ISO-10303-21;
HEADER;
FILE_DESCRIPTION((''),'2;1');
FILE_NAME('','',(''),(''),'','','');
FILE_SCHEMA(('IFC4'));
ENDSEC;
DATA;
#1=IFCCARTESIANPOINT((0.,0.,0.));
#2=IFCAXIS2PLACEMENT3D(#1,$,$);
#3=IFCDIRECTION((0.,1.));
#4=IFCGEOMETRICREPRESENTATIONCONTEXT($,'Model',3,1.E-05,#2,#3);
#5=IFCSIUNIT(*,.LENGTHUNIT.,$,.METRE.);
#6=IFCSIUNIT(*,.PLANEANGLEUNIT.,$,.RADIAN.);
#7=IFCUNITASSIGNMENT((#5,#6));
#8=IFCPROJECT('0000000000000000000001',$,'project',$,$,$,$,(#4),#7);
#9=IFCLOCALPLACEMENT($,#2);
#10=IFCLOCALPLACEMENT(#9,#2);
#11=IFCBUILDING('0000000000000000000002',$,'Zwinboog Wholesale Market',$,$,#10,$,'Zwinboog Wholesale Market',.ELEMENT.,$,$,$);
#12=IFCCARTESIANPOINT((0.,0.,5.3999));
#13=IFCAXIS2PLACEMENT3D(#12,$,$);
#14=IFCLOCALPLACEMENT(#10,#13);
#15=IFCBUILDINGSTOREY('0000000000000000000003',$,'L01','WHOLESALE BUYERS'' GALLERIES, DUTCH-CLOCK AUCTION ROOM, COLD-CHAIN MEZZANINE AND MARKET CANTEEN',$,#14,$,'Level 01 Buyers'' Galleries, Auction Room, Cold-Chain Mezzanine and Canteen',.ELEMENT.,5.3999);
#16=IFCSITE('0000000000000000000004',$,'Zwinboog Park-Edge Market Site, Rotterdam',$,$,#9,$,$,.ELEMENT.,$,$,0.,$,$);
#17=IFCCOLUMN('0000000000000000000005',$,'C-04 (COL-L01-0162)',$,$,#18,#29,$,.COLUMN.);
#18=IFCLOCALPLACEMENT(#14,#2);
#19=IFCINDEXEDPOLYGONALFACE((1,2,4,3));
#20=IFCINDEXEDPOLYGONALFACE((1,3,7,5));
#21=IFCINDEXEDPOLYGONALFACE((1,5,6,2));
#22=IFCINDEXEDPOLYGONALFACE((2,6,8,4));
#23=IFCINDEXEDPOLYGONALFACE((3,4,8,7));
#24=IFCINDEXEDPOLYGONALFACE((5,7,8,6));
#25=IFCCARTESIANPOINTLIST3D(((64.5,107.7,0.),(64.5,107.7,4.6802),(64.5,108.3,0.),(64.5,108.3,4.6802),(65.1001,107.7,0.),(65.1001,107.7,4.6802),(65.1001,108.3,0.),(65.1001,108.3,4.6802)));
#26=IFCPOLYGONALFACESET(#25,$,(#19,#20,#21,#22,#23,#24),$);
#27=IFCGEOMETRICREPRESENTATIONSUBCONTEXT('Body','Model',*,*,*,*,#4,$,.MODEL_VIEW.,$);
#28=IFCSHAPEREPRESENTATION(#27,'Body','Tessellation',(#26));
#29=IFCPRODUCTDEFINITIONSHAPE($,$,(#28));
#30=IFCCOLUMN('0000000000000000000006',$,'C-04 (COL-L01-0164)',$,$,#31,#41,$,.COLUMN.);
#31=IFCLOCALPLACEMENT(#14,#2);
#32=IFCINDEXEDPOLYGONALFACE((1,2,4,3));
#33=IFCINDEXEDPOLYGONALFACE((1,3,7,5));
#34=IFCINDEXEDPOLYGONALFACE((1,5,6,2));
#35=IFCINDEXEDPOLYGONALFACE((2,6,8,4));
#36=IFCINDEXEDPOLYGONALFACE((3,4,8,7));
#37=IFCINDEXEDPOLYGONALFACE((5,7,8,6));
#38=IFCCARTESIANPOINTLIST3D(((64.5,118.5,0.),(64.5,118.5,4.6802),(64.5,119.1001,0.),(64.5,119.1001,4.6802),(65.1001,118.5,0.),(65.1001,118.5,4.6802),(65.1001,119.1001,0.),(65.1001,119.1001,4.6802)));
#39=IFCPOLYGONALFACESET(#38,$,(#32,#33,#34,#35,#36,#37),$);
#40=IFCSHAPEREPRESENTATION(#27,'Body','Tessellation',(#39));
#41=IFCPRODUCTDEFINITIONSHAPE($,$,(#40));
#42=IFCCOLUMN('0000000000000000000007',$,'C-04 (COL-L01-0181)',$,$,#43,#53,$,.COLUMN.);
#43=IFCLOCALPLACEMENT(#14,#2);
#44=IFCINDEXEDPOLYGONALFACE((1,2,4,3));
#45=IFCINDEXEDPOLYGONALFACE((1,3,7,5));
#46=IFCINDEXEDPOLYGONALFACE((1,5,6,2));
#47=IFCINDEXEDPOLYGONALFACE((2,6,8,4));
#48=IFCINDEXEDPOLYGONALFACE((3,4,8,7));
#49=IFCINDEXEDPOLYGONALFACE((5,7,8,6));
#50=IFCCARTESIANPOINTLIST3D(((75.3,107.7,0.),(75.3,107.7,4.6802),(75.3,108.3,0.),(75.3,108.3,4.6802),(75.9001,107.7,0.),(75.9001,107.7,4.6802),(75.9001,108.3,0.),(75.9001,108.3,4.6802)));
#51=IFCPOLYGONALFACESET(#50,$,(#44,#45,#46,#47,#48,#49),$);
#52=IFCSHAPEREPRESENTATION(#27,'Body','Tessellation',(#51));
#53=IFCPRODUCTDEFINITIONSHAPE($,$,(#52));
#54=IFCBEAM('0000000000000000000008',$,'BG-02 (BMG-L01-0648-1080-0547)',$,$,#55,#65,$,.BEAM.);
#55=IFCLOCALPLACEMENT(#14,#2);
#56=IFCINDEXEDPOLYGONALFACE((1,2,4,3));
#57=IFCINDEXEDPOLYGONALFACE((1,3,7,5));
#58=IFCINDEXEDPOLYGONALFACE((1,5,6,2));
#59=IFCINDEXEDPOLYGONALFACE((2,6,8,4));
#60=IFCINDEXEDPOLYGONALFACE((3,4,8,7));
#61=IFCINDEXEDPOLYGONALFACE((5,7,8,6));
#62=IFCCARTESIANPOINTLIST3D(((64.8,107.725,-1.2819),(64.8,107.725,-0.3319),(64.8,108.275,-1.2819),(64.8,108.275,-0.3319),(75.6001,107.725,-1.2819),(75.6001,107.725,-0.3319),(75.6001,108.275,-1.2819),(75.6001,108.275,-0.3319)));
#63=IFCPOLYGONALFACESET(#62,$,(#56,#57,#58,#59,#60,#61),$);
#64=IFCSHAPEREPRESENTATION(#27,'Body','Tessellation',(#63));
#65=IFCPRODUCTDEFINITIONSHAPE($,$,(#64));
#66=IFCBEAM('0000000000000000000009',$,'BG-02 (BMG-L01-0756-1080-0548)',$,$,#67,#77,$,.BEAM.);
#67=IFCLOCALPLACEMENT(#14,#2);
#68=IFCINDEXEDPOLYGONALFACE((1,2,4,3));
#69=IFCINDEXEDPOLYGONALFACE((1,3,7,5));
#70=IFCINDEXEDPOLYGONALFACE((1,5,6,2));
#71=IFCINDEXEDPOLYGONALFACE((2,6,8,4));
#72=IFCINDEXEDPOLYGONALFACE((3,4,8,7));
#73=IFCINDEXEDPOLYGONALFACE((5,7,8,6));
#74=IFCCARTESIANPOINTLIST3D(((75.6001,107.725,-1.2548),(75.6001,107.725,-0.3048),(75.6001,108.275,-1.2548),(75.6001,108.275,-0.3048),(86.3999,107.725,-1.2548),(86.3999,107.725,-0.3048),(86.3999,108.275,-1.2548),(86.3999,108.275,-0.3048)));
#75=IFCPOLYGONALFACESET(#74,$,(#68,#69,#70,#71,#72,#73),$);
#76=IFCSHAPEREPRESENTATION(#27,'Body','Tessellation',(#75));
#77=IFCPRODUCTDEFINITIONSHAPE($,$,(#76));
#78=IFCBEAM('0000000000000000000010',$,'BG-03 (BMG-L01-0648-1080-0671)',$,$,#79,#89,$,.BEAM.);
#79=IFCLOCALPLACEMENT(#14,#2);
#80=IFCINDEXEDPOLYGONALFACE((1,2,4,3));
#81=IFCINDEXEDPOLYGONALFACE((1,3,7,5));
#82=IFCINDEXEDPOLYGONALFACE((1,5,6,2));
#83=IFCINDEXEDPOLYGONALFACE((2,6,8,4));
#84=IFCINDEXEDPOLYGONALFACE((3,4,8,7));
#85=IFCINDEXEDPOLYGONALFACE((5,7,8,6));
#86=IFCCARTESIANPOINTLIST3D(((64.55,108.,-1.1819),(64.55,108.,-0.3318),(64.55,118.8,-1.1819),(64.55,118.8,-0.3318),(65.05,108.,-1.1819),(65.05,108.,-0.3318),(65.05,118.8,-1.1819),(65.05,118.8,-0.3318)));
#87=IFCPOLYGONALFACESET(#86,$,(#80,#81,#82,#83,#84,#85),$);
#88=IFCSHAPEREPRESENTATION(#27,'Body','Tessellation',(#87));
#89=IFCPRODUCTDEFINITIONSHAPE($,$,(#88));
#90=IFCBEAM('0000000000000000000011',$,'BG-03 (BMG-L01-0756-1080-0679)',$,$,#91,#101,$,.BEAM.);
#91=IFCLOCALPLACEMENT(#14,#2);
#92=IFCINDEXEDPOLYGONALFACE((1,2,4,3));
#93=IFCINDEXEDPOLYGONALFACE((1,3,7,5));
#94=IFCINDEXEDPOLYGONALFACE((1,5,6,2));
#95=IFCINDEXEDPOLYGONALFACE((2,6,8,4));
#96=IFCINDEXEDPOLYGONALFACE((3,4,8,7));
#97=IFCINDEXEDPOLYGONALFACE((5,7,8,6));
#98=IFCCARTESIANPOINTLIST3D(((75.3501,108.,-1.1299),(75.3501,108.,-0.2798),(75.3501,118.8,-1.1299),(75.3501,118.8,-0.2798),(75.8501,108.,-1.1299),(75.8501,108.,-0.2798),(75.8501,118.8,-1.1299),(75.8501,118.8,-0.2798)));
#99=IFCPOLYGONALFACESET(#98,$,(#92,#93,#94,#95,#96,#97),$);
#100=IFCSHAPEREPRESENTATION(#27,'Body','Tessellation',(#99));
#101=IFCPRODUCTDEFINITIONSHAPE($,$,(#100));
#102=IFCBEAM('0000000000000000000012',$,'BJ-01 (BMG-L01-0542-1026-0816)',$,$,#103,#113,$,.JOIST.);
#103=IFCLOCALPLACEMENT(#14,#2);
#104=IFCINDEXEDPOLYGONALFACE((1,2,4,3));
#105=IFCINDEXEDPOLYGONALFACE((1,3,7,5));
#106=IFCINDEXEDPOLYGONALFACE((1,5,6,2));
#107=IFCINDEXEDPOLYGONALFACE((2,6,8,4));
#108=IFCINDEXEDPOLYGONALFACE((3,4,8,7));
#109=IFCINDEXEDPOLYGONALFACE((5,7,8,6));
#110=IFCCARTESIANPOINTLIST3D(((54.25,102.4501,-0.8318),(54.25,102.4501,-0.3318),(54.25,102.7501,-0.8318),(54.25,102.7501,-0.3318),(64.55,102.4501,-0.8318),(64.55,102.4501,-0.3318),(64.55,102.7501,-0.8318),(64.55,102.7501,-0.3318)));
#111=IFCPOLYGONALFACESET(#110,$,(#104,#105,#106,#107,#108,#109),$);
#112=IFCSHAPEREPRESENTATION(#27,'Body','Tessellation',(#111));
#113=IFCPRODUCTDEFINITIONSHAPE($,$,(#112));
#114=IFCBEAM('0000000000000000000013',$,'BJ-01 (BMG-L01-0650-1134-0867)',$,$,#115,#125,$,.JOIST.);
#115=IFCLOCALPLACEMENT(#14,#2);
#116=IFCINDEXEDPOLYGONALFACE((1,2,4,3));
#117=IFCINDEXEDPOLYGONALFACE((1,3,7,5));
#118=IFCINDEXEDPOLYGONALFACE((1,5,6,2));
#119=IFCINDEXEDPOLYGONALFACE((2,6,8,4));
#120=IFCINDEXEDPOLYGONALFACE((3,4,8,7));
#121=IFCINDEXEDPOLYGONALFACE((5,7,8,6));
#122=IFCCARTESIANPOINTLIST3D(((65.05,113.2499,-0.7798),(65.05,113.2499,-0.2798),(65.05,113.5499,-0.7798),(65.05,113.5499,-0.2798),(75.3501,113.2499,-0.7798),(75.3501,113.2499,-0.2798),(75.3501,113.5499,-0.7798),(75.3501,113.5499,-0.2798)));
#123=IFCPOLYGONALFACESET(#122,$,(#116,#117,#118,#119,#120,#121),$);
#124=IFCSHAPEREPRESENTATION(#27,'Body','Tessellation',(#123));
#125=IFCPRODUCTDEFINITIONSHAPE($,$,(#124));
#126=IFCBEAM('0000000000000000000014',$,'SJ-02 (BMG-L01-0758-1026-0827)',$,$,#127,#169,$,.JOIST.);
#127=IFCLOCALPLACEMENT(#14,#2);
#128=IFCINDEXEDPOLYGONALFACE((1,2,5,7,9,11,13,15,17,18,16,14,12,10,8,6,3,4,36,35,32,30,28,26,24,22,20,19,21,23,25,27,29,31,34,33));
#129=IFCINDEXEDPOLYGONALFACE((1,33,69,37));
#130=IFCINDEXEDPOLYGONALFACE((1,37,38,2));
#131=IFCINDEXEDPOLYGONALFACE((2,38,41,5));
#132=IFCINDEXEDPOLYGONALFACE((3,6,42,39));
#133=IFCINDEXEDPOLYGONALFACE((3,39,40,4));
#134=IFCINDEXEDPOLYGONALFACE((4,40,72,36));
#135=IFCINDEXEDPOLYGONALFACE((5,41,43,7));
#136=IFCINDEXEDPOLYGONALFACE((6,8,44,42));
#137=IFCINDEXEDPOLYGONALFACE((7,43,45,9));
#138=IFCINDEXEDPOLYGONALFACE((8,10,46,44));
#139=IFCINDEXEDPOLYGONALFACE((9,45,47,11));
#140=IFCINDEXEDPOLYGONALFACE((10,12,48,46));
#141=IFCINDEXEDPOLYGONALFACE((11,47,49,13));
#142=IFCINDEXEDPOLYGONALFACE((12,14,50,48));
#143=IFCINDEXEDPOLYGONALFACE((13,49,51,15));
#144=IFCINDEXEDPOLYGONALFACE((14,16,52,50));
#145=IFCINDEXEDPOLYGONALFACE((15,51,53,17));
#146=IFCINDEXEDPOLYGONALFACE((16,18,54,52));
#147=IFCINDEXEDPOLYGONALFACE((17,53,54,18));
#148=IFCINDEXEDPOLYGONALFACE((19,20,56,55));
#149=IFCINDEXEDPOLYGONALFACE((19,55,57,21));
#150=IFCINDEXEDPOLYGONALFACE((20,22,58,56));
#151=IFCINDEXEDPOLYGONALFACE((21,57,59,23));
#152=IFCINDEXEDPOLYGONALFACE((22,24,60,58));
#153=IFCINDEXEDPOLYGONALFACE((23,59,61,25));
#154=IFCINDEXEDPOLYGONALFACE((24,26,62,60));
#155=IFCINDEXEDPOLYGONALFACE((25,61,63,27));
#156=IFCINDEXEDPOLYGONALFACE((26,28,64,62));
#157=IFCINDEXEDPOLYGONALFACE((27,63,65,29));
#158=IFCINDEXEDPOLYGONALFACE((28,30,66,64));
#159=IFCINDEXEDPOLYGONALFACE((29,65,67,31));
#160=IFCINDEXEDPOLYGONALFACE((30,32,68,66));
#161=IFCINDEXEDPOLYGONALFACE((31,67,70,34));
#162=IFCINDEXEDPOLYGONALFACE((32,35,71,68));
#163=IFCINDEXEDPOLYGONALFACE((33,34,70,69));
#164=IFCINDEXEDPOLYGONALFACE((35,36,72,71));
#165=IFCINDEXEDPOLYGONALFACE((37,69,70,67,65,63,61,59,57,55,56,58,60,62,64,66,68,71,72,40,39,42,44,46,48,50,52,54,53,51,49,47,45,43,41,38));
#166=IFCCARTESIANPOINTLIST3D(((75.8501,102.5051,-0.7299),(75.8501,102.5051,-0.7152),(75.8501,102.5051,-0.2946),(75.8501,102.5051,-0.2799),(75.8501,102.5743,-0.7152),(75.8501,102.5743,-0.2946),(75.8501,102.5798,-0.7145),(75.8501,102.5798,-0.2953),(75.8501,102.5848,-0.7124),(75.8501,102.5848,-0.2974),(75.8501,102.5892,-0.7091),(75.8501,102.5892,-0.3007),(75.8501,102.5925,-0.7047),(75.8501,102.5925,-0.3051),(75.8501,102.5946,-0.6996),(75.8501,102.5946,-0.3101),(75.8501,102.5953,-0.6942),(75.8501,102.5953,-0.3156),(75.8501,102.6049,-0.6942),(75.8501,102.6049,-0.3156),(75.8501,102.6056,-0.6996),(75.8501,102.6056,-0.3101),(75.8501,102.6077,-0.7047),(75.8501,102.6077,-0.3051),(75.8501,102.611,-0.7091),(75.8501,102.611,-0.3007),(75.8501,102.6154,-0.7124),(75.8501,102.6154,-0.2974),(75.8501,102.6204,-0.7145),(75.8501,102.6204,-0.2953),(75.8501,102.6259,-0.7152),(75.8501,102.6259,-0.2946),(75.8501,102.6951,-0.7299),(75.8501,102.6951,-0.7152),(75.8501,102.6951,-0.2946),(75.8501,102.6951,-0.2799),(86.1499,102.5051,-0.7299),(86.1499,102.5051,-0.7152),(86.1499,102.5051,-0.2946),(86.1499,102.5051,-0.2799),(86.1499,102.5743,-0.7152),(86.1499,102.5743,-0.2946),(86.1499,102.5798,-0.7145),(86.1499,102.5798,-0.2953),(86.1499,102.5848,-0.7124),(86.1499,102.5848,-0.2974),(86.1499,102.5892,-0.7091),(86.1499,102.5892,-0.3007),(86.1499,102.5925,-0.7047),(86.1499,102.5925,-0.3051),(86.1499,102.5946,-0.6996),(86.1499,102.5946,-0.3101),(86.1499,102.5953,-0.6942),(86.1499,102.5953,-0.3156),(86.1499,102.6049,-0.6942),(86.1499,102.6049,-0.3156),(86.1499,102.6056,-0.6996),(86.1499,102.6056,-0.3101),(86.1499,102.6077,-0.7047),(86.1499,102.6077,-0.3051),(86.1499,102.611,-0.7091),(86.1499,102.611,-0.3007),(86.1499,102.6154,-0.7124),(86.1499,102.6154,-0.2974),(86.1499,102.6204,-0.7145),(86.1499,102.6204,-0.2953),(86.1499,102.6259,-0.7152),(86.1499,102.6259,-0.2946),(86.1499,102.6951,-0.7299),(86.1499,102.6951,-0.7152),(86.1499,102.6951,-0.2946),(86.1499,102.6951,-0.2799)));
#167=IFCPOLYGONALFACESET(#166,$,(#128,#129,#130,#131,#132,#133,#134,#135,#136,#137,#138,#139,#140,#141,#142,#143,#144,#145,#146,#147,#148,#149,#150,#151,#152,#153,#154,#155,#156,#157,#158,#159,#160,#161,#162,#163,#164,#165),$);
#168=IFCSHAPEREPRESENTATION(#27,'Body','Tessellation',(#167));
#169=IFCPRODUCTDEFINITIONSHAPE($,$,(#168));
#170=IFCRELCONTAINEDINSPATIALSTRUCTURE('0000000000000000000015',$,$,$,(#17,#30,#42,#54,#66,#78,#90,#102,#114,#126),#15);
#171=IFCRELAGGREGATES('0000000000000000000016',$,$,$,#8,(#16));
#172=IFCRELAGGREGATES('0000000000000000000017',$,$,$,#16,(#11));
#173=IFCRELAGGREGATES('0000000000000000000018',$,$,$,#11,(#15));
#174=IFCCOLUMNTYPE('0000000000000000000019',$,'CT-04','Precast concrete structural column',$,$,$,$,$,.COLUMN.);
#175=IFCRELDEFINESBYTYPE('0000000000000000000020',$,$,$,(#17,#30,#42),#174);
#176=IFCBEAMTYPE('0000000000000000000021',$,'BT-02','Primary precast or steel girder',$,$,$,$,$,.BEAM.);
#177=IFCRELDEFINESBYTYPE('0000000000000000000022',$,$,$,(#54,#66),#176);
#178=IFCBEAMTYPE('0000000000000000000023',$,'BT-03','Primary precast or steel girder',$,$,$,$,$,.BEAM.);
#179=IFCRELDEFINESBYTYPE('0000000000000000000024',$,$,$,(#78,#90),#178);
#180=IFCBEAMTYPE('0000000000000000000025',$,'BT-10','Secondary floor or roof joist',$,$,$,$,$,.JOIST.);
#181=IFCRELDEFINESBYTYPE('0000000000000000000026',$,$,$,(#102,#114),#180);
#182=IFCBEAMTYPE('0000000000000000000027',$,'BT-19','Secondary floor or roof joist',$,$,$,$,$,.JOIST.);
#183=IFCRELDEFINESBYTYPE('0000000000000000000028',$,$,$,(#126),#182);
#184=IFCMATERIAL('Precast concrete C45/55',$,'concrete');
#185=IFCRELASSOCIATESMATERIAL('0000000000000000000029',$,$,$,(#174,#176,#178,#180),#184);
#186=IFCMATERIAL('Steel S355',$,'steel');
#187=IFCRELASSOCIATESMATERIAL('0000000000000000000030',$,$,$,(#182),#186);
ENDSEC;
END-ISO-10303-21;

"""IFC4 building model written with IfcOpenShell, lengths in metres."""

from ifc_helpers import new_model, si_unit, direction, frame, origin, origin_2d, place, context, subcontext, project, spatial, rectangle, i_section, extrude, material, material_profile, profile_set, type_object, element, save


model = new_model("IFC4")

# Units and contexts
model_context = context("Model", 3, precision=1e-05, world=origin(), true_north=direction((0.0, 1.0)))
body_context = subcontext(model_context, "Body", "Model", "MODEL_VIEW")
ifc_project = project(units=[si_unit("LENGTHUNIT", "METRE"), si_unit("PLANEANGLEUNIT", "RADIAN")], contexts=[model_context])

# Site, building, storey
site_placement = place(None, origin())
site = spatial("IfcSite", under=ifc_project, at=site_placement, Name="Zwinboog Park-Edge Market Site, Rotterdam", CompositionType="ELEMENT", RefElevation=0.0)
building_placement = place(site_placement, origin())
building = spatial("IfcBuilding", under=site, at=building_placement, Name="Zwinboog Wholesale Market", LongName="Zwinboog Wholesale Market", CompositionType="ELEMENT")
storey_placement = place(building_placement, frame((0.0, 0.0, 5.3999)))
storey = spatial("IfcBuildingStorey", under=building, at=storey_placement, Name="L01", Description="WHOLESALE BUYERS' GALLERIES, DUTCH-CLOCK AUCTION ROOM, COLD-CHAIN MEZZANINE AND MARKET CANTEEN", LongName="Level 01 Buyers' Galleries, Auction Room, Cold-Chain Mezzanine and Canteen", CompositionType="ELEMENT", Elevation=5.3999)

# Columns
ifc_material_1 = material(Name="Precast concrete C45/55", Category="concrete")
ifc_material_profile_1 = material_profile(ifc_material_1, rectangle(XDim=0.6001, YDim=0.6001, at=origin_2d()), Name="PC 600x600")
ifc_profile_set_1 = profile_set([ifc_material_profile_1], Name="Precast concrete C45/55")
column_type = type_object("IfcColumnType", Name="CT-04", Description="Precast concrete structural column", PredefinedType="COLUMN", material=ifc_profile_set_1)
for number, where, z_axis, x_axis, name in (
    (1, (64.8, 108.0, 0.0), (0.0, 0.0, 1.0), (1.0, 0.0, 0.0), "C-04 (COL-L01-0162)"),
    (2, (64.8, 118.8, 0.0), (0.0, 0.0, 1.0), (1.0, 0.0, 0.0), "C-04 (COL-L01-0164)"),
    (3, (75.6001, 108.0, 0.0), (0.0, 0.0, 1.0), (1.0, 0.0, 0.0), "C-04 (COL-L01-0181)"),
):
    element("IfcColumn", number, at=place(storey_placement, frame(where, z_axis=z_axis, x_axis=x_axis)), inside=storey, type_object=column_type, Name=name, PredefinedType="COLUMN", context=body_context, shape_type="SweptSolid", body=[
        extrude(rectangle(XDim=0.6001, YDim=0.6001, at=origin_2d()), origin(), (0.0, 0.0, 1.0), 4.6802),
    ])

# Beams
ifc_material_profile_2 = material_profile(ifc_material_1, rectangle(XDim=0.55, YDim=0.95, at=origin_2d()), Name="PC 550x950")
ifc_profile_set_2 = profile_set([ifc_material_profile_2], Name="Precast concrete C45/55")
beam_type_1 = type_object("IfcBeamType", Name="BT-02", Description="Primary precast or steel girder", PredefinedType="BEAM", material=ifc_profile_set_2)
beam_1_placement = place(storey_placement, frame((64.8, 108.0, -0.8069), z_axis=(1.0, 0.0, 0.0), x_axis=(0.0, 1.0, 0.0)))
element("IfcBeam", 4, at=beam_1_placement, inside=storey, type_object=beam_type_1, Name="BG-02 (BMG-L01-0648-1080-0547)", PredefinedType="BEAM", context=body_context, shape_type="SweptSolid", body=[
    extrude(rectangle(XDim=0.55, YDim=0.95, at=origin_2d()), origin(), (0.0, 0.0, 1.0), 10.8),
])
beam_2_placement = place(storey_placement, frame((75.6001, 108.0, -0.7798), z_axis=(1.0, 0.0, 0.0), x_axis=(0.0, 1.0, 0.0)))
element("IfcBeam", 5, at=beam_2_placement, inside=storey, type_object=beam_type_1, Name="BG-02 (BMG-L01-0756-1080-0548)", PredefinedType="BEAM", context=body_context, shape_type="SweptSolid", body=[
    extrude(rectangle(XDim=0.55, YDim=0.95, at=origin_2d()), origin(), (0.0, 0.0, 1.0), 10.7998),
])
ifc_material_profile_3 = material_profile(ifc_material_1, rectangle(XDim=0.5, YDim=0.8501, at=origin_2d()), Name="PC 500x850")
ifc_profile_set_3 = profile_set([ifc_material_profile_3], Name="Precast concrete C45/55")
beam_type_2 = type_object("IfcBeamType", Name="BT-03", Description="Primary precast or steel girder", PredefinedType="BEAM", material=ifc_profile_set_3)
for number, where, z_axis, x_axis, name in (
    (6, (64.8, 108.0, -0.7568), (0.0, 1.0, 0.0), (-1.0, 0.0, 0.0), "BG-03 (BMG-L01-0648-1080-0671)"),
    (7, (75.6001, 108.0, -0.7048), (0.0, 1.0, 0.0), (-1.0, 0.0, 0.0), "BG-03 (BMG-L01-0756-1080-0679)"),
):
    element("IfcBeam", number, at=place(storey_placement, frame(where, z_axis=z_axis, x_axis=x_axis)), inside=storey, type_object=beam_type_2, Name=name, PredefinedType="BEAM", context=body_context, shape_type="SweptSolid", body=[
        extrude(rectangle(XDim=0.5, YDim=0.8501, at=origin_2d()), origin(), (0.0, 0.0, 1.0), 10.8),
    ])
ifc_material_profile_4 = material_profile(ifc_material_1, rectangle(XDim=0.3, YDim=0.5, at=origin_2d()), Name="PC 300x500")
ifc_profile_set_4 = profile_set([ifc_material_profile_4], Name="Precast concrete C45/55")
beam_type_3 = type_object("IfcBeamType", Name="BT-10", Description="Secondary floor or roof joist", PredefinedType="JOIST", material=ifc_profile_set_4)
for number, where, z_axis, x_axis, name in (
    (8, (54.25, 102.6001, -0.5818), (1.0, 0.0, 0.0), (0.0, 1.0, 0.0), "BJ-01 (BMG-L01-0542-1026-0816)"),
    (9, (65.05, 113.3999, -0.5298), (1.0, 0.0, 0.0), (0.0, 1.0, 0.0), "BJ-01 (BMG-L01-0650-1134-0867)"),
):
    element("IfcBeam", number, at=place(storey_placement, frame(where, z_axis=z_axis, x_axis=x_axis)), inside=storey, type_object=beam_type_3, Name=name, PredefinedType="JOIST", context=body_context, shape_type="SweptSolid", body=[
        extrude(rectangle(XDim=0.3, YDim=0.5, at=origin_2d()), origin(), (0.0, 0.0, 1.0), 10.3),
    ])
ifc_material_2 = material(Name="Steel S355", Category="steel")
ifc_material_profile_5 = material_profile(ifc_material_2, i_section(OverallWidth=0.1899, OverallDepth=0.45, WebThickness=0.0095, FlangeThickness=0.0146, FilletRadius=0.021, at=origin_2d()), Name="IPE 450")
ifc_profile_set_5 = profile_set([ifc_material_profile_5], Name="Steel S355")
beam_type_4 = type_object("IfcBeamType", Name="BT-19", Description="Secondary floor or roof joist", PredefinedType="JOIST", material=ifc_profile_set_5)
for number, where, z_axis, x_axis, name in (
    (10, (75.8501, 102.6001, -0.5049), (1.0, 0.0, 0.0), (0.0, 1.0, 0.0), "SJ-02 (BMG-L01-0758-1026-0827)"),
):
    element("IfcBeam", number, at=place(storey_placement, frame(where, z_axis=z_axis, x_axis=x_axis)), inside=storey, type_object=beam_type_4, Name=name, PredefinedType="JOIST", context=body_context, shape_type="SweptSolid", body=[
        extrude(i_section(OverallWidth=0.1899, OverallDepth=0.45, WebThickness=0.0095, FlangeThickness=0.0146, FilletRadius=0.021, at=origin_2d()), origin(), (0.0, 0.0, 1.0), 10.2998),
    ])

save(model, "model.ifc")
